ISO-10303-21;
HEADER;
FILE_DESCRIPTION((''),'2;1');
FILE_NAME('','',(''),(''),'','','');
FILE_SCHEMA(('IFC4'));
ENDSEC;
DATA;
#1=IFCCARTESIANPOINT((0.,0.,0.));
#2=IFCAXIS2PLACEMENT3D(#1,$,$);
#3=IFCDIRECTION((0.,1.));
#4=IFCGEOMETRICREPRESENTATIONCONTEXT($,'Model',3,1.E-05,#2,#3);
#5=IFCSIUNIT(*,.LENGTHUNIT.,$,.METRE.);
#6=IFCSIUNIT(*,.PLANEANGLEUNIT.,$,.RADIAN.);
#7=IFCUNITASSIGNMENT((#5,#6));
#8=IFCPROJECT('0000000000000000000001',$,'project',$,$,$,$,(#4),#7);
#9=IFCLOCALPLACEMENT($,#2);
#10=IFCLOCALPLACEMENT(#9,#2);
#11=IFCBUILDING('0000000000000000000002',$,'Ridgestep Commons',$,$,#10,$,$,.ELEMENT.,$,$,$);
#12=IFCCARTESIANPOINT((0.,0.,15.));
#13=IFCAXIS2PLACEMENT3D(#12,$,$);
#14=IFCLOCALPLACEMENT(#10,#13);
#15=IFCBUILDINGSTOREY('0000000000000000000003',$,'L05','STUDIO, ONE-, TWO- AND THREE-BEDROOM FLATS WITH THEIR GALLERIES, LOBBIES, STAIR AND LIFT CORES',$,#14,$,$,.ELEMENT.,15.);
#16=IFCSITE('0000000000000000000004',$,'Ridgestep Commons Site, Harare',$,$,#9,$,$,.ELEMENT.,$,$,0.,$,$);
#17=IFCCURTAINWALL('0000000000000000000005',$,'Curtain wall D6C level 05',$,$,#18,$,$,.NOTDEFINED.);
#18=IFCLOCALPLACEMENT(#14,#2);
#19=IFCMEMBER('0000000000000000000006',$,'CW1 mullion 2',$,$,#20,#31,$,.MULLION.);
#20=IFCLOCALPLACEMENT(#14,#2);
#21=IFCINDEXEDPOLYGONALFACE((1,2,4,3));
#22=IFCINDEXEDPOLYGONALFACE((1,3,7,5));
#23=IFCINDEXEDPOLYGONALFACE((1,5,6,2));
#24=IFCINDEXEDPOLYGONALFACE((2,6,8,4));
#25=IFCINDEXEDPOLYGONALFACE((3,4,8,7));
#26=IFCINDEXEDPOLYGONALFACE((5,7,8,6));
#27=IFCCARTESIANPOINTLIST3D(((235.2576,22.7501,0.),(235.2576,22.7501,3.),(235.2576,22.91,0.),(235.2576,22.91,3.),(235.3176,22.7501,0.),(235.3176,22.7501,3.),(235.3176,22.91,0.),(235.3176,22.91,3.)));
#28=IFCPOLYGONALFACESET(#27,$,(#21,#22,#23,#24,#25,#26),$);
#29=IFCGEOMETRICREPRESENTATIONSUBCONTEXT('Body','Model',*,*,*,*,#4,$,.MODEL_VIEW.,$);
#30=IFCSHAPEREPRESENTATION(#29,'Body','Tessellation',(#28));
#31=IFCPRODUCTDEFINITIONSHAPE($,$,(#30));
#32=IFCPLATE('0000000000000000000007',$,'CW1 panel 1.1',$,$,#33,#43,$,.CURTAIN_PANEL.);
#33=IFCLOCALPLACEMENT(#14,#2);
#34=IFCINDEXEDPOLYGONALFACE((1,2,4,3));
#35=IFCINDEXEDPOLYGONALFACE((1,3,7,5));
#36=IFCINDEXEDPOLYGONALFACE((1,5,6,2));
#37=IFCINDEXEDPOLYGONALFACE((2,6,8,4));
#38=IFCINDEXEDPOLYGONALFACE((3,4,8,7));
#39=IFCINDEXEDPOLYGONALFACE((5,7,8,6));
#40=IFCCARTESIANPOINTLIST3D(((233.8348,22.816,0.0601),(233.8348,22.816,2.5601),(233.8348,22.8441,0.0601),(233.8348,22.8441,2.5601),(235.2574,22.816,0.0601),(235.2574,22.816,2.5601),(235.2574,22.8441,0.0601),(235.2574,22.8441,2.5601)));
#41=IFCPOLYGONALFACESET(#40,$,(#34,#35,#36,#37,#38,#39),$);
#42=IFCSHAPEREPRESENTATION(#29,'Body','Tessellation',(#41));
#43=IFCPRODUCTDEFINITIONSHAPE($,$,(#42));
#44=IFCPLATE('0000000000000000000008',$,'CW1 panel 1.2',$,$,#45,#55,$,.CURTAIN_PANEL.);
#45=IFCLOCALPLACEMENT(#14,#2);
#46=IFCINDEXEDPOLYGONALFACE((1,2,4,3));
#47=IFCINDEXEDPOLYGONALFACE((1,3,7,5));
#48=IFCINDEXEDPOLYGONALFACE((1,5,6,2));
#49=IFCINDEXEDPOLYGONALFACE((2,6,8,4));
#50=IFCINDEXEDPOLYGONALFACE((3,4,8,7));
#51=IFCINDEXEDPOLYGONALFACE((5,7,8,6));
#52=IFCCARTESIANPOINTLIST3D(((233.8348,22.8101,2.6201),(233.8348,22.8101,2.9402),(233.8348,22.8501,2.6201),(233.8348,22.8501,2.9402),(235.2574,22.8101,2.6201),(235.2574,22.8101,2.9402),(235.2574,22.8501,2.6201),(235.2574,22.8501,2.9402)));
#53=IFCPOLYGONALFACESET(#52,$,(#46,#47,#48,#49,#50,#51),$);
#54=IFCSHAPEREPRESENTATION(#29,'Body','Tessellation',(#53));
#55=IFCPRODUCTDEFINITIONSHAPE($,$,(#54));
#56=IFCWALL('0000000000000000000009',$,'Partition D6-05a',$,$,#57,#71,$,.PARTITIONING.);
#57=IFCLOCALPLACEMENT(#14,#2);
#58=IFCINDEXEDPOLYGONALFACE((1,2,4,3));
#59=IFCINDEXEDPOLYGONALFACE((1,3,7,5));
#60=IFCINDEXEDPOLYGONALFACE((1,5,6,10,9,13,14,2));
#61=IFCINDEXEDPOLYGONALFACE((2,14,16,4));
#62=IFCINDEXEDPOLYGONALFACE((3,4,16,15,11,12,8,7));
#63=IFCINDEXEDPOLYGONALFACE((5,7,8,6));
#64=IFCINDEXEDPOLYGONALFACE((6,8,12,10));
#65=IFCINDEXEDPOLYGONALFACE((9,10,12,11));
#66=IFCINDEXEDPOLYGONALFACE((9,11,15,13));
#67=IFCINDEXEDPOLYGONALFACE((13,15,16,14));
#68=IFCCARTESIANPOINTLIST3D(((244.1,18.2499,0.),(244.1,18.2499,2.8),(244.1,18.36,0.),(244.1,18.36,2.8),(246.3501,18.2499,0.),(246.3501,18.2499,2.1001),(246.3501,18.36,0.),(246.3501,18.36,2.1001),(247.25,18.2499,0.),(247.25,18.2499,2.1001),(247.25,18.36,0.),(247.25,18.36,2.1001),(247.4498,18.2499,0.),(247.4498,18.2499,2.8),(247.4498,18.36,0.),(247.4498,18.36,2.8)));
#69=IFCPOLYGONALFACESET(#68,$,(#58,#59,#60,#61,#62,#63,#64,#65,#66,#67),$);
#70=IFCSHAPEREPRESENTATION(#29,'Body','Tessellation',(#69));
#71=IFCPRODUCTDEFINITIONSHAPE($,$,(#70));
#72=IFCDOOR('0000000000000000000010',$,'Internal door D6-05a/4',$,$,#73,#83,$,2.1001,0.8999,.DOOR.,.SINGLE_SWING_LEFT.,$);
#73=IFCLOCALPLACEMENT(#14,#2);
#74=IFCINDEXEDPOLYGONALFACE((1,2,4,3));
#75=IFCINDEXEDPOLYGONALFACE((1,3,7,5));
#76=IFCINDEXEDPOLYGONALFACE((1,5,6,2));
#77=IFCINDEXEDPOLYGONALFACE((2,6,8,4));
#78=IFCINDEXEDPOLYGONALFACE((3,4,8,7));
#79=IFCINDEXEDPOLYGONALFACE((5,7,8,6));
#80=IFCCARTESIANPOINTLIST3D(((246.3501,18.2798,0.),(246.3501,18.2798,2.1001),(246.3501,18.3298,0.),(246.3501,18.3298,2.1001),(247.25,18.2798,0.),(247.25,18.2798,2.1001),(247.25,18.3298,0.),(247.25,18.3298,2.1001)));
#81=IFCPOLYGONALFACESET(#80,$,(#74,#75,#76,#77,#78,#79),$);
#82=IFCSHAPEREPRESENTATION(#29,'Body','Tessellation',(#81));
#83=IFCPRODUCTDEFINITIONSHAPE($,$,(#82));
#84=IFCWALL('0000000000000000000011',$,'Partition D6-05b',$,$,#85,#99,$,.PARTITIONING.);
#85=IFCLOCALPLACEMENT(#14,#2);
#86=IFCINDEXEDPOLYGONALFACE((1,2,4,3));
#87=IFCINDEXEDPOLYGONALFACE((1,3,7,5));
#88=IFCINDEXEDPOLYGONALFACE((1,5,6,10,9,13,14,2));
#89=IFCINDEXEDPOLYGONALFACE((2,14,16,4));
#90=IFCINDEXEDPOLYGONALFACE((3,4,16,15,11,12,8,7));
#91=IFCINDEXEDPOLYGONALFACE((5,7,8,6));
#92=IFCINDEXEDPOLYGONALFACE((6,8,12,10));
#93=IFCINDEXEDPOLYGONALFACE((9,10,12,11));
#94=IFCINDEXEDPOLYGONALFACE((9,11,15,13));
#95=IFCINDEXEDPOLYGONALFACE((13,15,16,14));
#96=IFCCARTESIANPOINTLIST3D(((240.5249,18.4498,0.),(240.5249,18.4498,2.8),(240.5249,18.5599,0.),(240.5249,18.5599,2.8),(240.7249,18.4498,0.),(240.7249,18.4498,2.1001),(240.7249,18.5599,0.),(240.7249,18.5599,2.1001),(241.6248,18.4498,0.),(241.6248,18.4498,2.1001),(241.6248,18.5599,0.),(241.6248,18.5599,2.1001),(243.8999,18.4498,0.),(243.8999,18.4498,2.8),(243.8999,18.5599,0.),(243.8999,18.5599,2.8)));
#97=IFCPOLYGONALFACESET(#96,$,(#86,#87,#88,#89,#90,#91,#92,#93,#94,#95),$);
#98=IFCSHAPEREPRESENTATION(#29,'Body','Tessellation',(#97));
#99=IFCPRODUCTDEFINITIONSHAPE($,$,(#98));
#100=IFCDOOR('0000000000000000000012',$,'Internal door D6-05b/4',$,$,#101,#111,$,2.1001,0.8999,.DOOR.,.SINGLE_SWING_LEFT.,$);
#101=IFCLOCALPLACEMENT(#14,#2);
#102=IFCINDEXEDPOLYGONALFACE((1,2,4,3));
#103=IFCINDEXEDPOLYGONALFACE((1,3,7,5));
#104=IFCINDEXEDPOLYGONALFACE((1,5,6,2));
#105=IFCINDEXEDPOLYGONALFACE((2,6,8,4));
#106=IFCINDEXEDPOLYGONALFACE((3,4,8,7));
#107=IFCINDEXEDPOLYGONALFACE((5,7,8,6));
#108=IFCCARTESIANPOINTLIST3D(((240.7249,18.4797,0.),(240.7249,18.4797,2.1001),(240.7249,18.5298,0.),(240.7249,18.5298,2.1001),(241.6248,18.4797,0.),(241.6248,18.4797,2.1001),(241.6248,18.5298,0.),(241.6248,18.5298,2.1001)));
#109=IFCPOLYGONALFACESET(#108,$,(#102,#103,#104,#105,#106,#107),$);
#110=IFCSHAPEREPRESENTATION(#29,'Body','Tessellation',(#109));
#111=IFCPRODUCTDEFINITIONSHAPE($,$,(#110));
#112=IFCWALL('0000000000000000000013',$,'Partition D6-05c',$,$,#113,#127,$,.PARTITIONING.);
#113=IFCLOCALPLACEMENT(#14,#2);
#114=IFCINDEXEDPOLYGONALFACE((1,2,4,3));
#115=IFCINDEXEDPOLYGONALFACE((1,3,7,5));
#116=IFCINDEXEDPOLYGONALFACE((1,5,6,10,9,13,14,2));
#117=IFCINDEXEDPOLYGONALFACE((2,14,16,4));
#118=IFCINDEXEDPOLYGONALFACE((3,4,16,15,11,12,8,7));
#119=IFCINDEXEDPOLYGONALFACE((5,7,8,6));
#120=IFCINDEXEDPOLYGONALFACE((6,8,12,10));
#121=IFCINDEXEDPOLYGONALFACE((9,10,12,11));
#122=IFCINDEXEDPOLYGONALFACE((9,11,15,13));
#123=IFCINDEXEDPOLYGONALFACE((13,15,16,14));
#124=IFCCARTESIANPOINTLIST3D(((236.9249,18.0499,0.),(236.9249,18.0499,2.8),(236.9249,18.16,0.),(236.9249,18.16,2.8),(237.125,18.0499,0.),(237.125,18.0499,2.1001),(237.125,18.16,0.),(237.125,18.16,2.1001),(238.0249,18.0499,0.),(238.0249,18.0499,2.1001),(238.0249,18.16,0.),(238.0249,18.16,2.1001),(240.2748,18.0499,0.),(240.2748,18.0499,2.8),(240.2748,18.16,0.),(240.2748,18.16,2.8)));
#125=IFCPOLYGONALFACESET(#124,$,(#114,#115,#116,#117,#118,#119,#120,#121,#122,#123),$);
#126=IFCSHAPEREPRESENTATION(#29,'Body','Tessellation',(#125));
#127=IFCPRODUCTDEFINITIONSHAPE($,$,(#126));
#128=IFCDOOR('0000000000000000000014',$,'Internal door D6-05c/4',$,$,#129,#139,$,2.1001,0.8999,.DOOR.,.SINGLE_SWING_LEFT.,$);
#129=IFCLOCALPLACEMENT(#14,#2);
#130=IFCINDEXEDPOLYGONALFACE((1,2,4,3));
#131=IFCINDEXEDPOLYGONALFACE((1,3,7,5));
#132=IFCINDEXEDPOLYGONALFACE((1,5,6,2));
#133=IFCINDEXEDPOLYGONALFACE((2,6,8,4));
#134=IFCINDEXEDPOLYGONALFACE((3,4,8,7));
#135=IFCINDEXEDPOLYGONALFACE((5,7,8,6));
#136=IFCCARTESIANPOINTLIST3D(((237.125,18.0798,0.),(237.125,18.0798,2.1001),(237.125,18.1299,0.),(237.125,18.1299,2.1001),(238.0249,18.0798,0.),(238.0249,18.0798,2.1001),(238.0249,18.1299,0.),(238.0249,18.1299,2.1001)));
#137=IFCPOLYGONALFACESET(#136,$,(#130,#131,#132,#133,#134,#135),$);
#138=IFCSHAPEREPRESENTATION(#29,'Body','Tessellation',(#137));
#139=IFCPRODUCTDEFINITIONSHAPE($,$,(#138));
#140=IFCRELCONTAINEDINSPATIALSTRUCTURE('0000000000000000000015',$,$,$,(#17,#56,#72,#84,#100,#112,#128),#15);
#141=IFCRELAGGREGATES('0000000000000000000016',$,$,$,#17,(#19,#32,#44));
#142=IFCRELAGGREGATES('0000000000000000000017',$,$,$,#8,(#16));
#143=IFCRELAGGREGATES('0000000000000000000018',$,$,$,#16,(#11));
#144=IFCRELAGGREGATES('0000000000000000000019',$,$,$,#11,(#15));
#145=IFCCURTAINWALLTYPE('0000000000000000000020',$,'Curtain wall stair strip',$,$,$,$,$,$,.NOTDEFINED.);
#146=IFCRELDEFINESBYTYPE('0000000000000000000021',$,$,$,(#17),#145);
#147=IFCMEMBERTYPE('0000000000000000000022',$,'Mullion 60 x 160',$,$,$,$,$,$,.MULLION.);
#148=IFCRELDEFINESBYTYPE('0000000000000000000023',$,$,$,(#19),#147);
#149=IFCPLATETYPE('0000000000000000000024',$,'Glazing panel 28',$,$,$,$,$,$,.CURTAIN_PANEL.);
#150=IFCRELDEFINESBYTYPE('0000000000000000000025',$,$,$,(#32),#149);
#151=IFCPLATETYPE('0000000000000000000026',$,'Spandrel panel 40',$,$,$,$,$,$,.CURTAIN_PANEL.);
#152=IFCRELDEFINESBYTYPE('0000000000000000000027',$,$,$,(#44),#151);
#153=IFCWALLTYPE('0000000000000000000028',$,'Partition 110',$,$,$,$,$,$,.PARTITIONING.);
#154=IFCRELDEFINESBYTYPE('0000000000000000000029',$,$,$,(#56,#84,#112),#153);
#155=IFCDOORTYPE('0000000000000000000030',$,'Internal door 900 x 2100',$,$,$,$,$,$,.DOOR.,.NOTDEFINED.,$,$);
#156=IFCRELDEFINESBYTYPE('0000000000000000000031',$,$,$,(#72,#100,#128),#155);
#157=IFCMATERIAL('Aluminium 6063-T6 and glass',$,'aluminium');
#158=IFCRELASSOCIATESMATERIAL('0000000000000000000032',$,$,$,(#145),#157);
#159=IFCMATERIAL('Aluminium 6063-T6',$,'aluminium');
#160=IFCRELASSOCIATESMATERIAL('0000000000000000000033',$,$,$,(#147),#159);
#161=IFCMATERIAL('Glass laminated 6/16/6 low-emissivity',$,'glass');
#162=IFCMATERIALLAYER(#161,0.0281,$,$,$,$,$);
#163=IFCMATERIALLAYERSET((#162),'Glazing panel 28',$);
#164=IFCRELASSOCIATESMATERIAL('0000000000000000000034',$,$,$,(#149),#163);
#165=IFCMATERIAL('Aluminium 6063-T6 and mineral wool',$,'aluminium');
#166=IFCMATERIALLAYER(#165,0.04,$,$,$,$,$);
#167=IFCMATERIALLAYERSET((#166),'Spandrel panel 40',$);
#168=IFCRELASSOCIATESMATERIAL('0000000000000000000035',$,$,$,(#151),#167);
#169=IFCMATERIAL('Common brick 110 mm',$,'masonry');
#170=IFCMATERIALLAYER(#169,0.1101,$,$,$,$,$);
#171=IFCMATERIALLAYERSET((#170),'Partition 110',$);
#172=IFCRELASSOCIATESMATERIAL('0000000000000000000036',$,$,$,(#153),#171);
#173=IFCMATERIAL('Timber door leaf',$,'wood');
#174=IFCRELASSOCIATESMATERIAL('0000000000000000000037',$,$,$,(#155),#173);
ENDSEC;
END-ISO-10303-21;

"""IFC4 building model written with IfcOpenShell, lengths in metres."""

from ifc_helpers import new_model, si_unit, direction, frame, frame_2d, origin, origin_2d, place, context, subcontext, project, spatial, rectangle, extrude, material, layer, layer_set, material_profile, profile_set, type_object, element, fill, aggregate, save


model = new_model("IFC4")

# Units and contexts
model_context = context("Model", 3, precision=1e-05, world=origin(), true_north=direction((0.0, 1.0)))
body_context = subcontext(model_context, "Body", "Model", "MODEL_VIEW")
ifc_project = project(units=[si_unit("LENGTHUNIT", "METRE"), si_unit("PLANEANGLEUNIT", "RADIAN")], contexts=[model_context])

# Site, building, storey
site_placement = place(None, origin())
site = spatial("IfcSite", under=ifc_project, at=site_placement, Name="Ridgestep Commons Site, Harare", CompositionType="ELEMENT", RefElevation=0.0)
building_placement = place(site_placement, origin())
building = spatial("IfcBuilding", under=site, at=building_placement, Name="Ridgestep Commons", CompositionType="ELEMENT")
storey_placement = place(building_placement, frame((0.0, 0.0, 15.0)))
storey = spatial("IfcBuildingStorey", under=building, at=storey_placement, Name="L05", Description="STUDIO, ONE-, TWO- AND THREE-BEDROOM FLATS WITH THEIR GALLERIES, LOBBIES, STAIR AND LIFT CORES", CompositionType="ELEMENT", Elevation=15.0)

# Curtain wall, member, plates
ifc_material_1 = material(Name="Aluminium 6063-T6 and glass", Category="aluminium")
curtain_wall_type = type_object("IfcCurtainWallType", Name="Curtain wall stair strip", PredefinedType="NOTDEFINED", material=ifc_material_1)
curtain_wall_placement = place(storey_placement, origin())
curtain_wall = element("IfcCurtainWall", 1, at=curtain_wall_placement, inside=storey, type_object=curtain_wall_type, Name="Curtain wall D6C level 05", PredefinedType="NOTDEFINED")
ifc_material_2 = material(Name="Aluminium 6063-T6", Category="aluminium")
ifc_material_profile = material_profile(ifc_material_2, rectangle(XDim=0.1599, YDim=0.0601, at=origin_2d()), Name="Mullion 60 x 160")
ifc_profile_set = profile_set([ifc_material_profile], Name="Aluminium 6063-T6")
member_type = type_object("IfcMemberType", Name="Mullion 60 x 160", PredefinedType="MULLION", material=ifc_profile_set)
member_placement = place(storey_placement, frame((235.2876, 22.8301, 0.0), z_axis=(0.0, 0.0, 1.0), x_axis=(0.0, 1.0, 0.0)))
member = element("IfcMember", 2, at=member_placement, type_object=member_type, Name="CW1 mullion 2", PredefinedType="MULLION", context=body_context, shape_type="SweptSolid", body=[
    extrude(rectangle(XDim=0.1599, YDim=0.0601, at=origin_2d()), origin(), (0.0, 0.0, 1.0), 3.0),
])
ifc_material_3 = material(Name="Glass laminated 6/16/6 low-emissivity", Category="glass")
ifc_layer_1 = layer(ifc_material_3, 0.0281)
ifc_layer_set_1 = layer_set([ifc_layer_1], Name="Glazing panel 28")
plate_type_1 = type_object("IfcPlateType", Name="Glazing panel 28", PredefinedType="CURTAIN_PANEL", material=ifc_layer_set_1)
plate_1_placement = place(storey_placement, frame((234.5461, 22.8301, 0.0601), z_axis=(0.0, 0.0, 1.0), x_axis=(1.0, 0.0, 0.0)))
plate_1 = element("IfcPlate", 3, at=plate_1_placement, type_object=plate_type_1, Name="CW1 panel 1.1", PredefinedType="CURTAIN_PANEL", context=body_context, shape_type="SweptSolid", body=[
    extrude(rectangle(XDim=1.4226, YDim=0.0281, at=origin_2d()), origin(), (0.0, 0.0, 1.0), 2.5),
])
ifc_material_4 = material(Name="Aluminium 6063-T6 and mineral wool", Category="aluminium")
ifc_layer_2 = layer(ifc_material_4, 0.04)
ifc_layer_set_2 = layer_set([ifc_layer_2], Name="Spandrel panel 40")
plate_type_2 = type_object("IfcPlateType", Name="Spandrel panel 40", PredefinedType="CURTAIN_PANEL", material=ifc_layer_set_2)
plate_2_placement = place(storey_placement, frame((234.5461, 22.8301, 2.6201), z_axis=(0.0, 0.0, 1.0), x_axis=(1.0, 0.0, 0.0)))
plate_2 = element("IfcPlate", 4, at=plate_2_placement, type_object=plate_type_2, Name="CW1 panel 1.2", PredefinedType="CURTAIN_PANEL", context=body_context, shape_type="SweptSolid", body=[
    extrude(rectangle(XDim=1.4226, YDim=0.04, at=origin_2d()), origin(), (0.0, 0.0, 1.0), 0.3201),
])
aggregate(curtain_wall, [member, plate_1, plate_2])

# Walls, openings, doors
ifc_material_5 = material(Name="Common brick 110 mm", Category="masonry")
ifc_layer_3 = layer(ifc_material_5, 0.1101)
ifc_layer_set_3 = layer_set([ifc_layer_3], Name="Partition 110")
wall_type = type_object("IfcWallType", Name="Partition 110", PredefinedType="PARTITIONING", material=ifc_layer_set_3)
wall_1_placement = place(storey_placement, frame((244.1001, 18.3049, 0.0), z_axis=(0.0, 0.0, 1.0), x_axis=(1.0, 0.0, 0.0)))
wall_1 = element("IfcWall", 5, at=wall_1_placement, inside=storey, type_object=wall_type, Name="Partition D6-05a", PredefinedType="PARTITIONING", context=body_context, shape_type="SweptSolid", body=[
    extrude(rectangle(XDim=3.3499, YDim=0.1101, at=frame_2d((1.6748, 0.0))), origin(), (0.0, 0.0, 1.0), 2.8),
])
opening_1_placement = place(wall_1_placement, frame((2.25, 0.0, 0.0)))
opening_1 = element("IfcOpeningElement", 6, at=opening_1_placement, cuts=wall_1, PredefinedType="OPENING", context=body_context, shape_type="SweptSolid", body=[
    extrude(rectangle(XDim=0.8999, YDim=2.1001, at=frame_2d((0.45, 1.05))), frame((0.0, 0.0649, 0.0), z_axis=(0.0, -1.0, 0.0), x_axis=(1.0, 0.0, 0.0)), (0.0, 0.0, 1.0), 0.1301),
])
ifc_material_6 = material(Name="Timber door leaf", Category="wood")
door_type = type_object("IfcDoorType", Name="Internal door 900 x 2100", OperationType="NOTDEFINED", PredefinedType="DOOR", material=ifc_material_6)
door_1_placement = place(opening_1_placement, origin())
door_1 = element("IfcDoor", 7, at=door_1_placement, inside=storey, type_object=door_type, Name="Internal door D6-05a/4", OperationType="SINGLE_SWING_LEFT", OverallHeight=2.1001, OverallWidth=0.8999, PredefinedType="DOOR", context=body_context, shape_type="SweptSolid", body=[
    extrude(rectangle(XDim=0.8999, YDim=2.1001, at=frame_2d((0.45, 1.05))), frame((0.0, 0.0249, 0.0), z_axis=(0.0, -1.0, 0.0), x_axis=(1.0, 0.0, 0.0)), (0.0, 0.0, 1.0), 0.05),
])
fill(opening_1, door_1)
wall_2_placement = place(storey_placement, frame((240.5249, 18.5049, 0.0), z_axis=(0.0, 0.0, 1.0), x_axis=(1.0, 0.0, 0.0)))
wall_2 = element("IfcWall", 8, at=wall_2_placement, inside=storey, type_object=wall_type, Name="Partition D6-05b", PredefinedType="PARTITIONING", context=body_context, shape_type="SweptSolid", body=[
    extrude(rectangle(XDim=3.375, YDim=0.1101, at=frame_2d((1.6875, 0.0))), origin(), (0.0, 0.0, 1.0), 2.8),
])
opening_2_placement = place(wall_2_placement, frame((0.2, 0.0, 0.0)))
opening_2 = element("IfcOpeningElement", 9, at=opening_2_placement, cuts=wall_2, PredefinedType="OPENING", context=body_context, shape_type="SweptSolid", body=[
    extrude(rectangle(XDim=0.8999, YDim=2.1001, at=frame_2d((0.45, 1.05))), frame((0.0, 0.0649, 0.0), z_axis=(0.0, -1.0, 0.0), x_axis=(1.0, 0.0, 0.0)), (0.0, 0.0, 1.0), 0.1301),
])
door_2_placement = place(opening_2_placement, origin())
door_2 = element("IfcDoor", 10, at=door_2_placement, inside=storey, type_object=door_type, Name="Internal door D6-05b/4", OperationType="SINGLE_SWING_LEFT", OverallHeight=2.1001, OverallWidth=0.8999, PredefinedType="DOOR", context=body_context, shape_type="SweptSolid", body=[
    extrude(rectangle(XDim=0.8999, YDim=2.1001, at=frame_2d((0.45, 1.05))), frame((0.0, 0.0249, 0.0), z_axis=(0.0, -1.0, 0.0), x_axis=(1.0, 0.0, 0.0)), (0.0, 0.0, 1.0), 0.05),
])
fill(opening_2, door_2)
wall_3_placement = place(storey_placement, frame((236.925, 18.105, 0.0), z_axis=(0.0, 0.0, 1.0), x_axis=(1.0, 0.0, 0.0)))
wall_3 = element("IfcWall", 11, at=wall_3_placement, inside=storey, type_object=wall_type, Name="Partition D6-05c", PredefinedType="PARTITIONING", context=body_context, shape_type="SweptSolid", body=[
    extrude(rectangle(XDim=3.3499, YDim=0.1101, at=frame_2d((1.6748, 0.0))), origin(), (0.0, 0.0, 1.0), 2.8),
])
opening_3_placement = place(wall_3_placement, frame((0.2, 0.0, 0.0)))
opening_3 = element("IfcOpeningElement", 12, at=opening_3_placement, cuts=wall_3, PredefinedType="OPENING", context=body_context, shape_type="SweptSolid", body=[
    extrude(rectangle(XDim=0.8999, YDim=2.1001, at=frame_2d((0.45, 1.05))), frame((0.0, 0.0649, 0.0), z_axis=(0.0, -1.0, 0.0), x_axis=(1.0, 0.0, 0.0)), (0.0, 0.0, 1.0), 0.1301),
])
door_3_placement = place(opening_3_placement, origin())
door_3 = element("IfcDoor", 13, at=door_3_placement, inside=storey, type_object=door_type, Name="Internal door D6-05c/4", OperationType="SINGLE_SWING_LEFT", OverallHeight=2.1001, OverallWidth=0.8999, PredefinedType="DOOR", context=body_context, shape_type="SweptSolid", body=[
    extrude(rectangle(XDim=0.8999, YDim=2.1001, at=frame_2d((0.45, 1.05))), frame((0.0, 0.0249, 0.0), z_axis=(0.0, -1.0, 0.0), x_axis=(1.0, 0.0, 0.0)), (0.0, 0.0, 1.0), 0.05),
])
fill(opening_3, door_3)

save(model, "model.ifc")
